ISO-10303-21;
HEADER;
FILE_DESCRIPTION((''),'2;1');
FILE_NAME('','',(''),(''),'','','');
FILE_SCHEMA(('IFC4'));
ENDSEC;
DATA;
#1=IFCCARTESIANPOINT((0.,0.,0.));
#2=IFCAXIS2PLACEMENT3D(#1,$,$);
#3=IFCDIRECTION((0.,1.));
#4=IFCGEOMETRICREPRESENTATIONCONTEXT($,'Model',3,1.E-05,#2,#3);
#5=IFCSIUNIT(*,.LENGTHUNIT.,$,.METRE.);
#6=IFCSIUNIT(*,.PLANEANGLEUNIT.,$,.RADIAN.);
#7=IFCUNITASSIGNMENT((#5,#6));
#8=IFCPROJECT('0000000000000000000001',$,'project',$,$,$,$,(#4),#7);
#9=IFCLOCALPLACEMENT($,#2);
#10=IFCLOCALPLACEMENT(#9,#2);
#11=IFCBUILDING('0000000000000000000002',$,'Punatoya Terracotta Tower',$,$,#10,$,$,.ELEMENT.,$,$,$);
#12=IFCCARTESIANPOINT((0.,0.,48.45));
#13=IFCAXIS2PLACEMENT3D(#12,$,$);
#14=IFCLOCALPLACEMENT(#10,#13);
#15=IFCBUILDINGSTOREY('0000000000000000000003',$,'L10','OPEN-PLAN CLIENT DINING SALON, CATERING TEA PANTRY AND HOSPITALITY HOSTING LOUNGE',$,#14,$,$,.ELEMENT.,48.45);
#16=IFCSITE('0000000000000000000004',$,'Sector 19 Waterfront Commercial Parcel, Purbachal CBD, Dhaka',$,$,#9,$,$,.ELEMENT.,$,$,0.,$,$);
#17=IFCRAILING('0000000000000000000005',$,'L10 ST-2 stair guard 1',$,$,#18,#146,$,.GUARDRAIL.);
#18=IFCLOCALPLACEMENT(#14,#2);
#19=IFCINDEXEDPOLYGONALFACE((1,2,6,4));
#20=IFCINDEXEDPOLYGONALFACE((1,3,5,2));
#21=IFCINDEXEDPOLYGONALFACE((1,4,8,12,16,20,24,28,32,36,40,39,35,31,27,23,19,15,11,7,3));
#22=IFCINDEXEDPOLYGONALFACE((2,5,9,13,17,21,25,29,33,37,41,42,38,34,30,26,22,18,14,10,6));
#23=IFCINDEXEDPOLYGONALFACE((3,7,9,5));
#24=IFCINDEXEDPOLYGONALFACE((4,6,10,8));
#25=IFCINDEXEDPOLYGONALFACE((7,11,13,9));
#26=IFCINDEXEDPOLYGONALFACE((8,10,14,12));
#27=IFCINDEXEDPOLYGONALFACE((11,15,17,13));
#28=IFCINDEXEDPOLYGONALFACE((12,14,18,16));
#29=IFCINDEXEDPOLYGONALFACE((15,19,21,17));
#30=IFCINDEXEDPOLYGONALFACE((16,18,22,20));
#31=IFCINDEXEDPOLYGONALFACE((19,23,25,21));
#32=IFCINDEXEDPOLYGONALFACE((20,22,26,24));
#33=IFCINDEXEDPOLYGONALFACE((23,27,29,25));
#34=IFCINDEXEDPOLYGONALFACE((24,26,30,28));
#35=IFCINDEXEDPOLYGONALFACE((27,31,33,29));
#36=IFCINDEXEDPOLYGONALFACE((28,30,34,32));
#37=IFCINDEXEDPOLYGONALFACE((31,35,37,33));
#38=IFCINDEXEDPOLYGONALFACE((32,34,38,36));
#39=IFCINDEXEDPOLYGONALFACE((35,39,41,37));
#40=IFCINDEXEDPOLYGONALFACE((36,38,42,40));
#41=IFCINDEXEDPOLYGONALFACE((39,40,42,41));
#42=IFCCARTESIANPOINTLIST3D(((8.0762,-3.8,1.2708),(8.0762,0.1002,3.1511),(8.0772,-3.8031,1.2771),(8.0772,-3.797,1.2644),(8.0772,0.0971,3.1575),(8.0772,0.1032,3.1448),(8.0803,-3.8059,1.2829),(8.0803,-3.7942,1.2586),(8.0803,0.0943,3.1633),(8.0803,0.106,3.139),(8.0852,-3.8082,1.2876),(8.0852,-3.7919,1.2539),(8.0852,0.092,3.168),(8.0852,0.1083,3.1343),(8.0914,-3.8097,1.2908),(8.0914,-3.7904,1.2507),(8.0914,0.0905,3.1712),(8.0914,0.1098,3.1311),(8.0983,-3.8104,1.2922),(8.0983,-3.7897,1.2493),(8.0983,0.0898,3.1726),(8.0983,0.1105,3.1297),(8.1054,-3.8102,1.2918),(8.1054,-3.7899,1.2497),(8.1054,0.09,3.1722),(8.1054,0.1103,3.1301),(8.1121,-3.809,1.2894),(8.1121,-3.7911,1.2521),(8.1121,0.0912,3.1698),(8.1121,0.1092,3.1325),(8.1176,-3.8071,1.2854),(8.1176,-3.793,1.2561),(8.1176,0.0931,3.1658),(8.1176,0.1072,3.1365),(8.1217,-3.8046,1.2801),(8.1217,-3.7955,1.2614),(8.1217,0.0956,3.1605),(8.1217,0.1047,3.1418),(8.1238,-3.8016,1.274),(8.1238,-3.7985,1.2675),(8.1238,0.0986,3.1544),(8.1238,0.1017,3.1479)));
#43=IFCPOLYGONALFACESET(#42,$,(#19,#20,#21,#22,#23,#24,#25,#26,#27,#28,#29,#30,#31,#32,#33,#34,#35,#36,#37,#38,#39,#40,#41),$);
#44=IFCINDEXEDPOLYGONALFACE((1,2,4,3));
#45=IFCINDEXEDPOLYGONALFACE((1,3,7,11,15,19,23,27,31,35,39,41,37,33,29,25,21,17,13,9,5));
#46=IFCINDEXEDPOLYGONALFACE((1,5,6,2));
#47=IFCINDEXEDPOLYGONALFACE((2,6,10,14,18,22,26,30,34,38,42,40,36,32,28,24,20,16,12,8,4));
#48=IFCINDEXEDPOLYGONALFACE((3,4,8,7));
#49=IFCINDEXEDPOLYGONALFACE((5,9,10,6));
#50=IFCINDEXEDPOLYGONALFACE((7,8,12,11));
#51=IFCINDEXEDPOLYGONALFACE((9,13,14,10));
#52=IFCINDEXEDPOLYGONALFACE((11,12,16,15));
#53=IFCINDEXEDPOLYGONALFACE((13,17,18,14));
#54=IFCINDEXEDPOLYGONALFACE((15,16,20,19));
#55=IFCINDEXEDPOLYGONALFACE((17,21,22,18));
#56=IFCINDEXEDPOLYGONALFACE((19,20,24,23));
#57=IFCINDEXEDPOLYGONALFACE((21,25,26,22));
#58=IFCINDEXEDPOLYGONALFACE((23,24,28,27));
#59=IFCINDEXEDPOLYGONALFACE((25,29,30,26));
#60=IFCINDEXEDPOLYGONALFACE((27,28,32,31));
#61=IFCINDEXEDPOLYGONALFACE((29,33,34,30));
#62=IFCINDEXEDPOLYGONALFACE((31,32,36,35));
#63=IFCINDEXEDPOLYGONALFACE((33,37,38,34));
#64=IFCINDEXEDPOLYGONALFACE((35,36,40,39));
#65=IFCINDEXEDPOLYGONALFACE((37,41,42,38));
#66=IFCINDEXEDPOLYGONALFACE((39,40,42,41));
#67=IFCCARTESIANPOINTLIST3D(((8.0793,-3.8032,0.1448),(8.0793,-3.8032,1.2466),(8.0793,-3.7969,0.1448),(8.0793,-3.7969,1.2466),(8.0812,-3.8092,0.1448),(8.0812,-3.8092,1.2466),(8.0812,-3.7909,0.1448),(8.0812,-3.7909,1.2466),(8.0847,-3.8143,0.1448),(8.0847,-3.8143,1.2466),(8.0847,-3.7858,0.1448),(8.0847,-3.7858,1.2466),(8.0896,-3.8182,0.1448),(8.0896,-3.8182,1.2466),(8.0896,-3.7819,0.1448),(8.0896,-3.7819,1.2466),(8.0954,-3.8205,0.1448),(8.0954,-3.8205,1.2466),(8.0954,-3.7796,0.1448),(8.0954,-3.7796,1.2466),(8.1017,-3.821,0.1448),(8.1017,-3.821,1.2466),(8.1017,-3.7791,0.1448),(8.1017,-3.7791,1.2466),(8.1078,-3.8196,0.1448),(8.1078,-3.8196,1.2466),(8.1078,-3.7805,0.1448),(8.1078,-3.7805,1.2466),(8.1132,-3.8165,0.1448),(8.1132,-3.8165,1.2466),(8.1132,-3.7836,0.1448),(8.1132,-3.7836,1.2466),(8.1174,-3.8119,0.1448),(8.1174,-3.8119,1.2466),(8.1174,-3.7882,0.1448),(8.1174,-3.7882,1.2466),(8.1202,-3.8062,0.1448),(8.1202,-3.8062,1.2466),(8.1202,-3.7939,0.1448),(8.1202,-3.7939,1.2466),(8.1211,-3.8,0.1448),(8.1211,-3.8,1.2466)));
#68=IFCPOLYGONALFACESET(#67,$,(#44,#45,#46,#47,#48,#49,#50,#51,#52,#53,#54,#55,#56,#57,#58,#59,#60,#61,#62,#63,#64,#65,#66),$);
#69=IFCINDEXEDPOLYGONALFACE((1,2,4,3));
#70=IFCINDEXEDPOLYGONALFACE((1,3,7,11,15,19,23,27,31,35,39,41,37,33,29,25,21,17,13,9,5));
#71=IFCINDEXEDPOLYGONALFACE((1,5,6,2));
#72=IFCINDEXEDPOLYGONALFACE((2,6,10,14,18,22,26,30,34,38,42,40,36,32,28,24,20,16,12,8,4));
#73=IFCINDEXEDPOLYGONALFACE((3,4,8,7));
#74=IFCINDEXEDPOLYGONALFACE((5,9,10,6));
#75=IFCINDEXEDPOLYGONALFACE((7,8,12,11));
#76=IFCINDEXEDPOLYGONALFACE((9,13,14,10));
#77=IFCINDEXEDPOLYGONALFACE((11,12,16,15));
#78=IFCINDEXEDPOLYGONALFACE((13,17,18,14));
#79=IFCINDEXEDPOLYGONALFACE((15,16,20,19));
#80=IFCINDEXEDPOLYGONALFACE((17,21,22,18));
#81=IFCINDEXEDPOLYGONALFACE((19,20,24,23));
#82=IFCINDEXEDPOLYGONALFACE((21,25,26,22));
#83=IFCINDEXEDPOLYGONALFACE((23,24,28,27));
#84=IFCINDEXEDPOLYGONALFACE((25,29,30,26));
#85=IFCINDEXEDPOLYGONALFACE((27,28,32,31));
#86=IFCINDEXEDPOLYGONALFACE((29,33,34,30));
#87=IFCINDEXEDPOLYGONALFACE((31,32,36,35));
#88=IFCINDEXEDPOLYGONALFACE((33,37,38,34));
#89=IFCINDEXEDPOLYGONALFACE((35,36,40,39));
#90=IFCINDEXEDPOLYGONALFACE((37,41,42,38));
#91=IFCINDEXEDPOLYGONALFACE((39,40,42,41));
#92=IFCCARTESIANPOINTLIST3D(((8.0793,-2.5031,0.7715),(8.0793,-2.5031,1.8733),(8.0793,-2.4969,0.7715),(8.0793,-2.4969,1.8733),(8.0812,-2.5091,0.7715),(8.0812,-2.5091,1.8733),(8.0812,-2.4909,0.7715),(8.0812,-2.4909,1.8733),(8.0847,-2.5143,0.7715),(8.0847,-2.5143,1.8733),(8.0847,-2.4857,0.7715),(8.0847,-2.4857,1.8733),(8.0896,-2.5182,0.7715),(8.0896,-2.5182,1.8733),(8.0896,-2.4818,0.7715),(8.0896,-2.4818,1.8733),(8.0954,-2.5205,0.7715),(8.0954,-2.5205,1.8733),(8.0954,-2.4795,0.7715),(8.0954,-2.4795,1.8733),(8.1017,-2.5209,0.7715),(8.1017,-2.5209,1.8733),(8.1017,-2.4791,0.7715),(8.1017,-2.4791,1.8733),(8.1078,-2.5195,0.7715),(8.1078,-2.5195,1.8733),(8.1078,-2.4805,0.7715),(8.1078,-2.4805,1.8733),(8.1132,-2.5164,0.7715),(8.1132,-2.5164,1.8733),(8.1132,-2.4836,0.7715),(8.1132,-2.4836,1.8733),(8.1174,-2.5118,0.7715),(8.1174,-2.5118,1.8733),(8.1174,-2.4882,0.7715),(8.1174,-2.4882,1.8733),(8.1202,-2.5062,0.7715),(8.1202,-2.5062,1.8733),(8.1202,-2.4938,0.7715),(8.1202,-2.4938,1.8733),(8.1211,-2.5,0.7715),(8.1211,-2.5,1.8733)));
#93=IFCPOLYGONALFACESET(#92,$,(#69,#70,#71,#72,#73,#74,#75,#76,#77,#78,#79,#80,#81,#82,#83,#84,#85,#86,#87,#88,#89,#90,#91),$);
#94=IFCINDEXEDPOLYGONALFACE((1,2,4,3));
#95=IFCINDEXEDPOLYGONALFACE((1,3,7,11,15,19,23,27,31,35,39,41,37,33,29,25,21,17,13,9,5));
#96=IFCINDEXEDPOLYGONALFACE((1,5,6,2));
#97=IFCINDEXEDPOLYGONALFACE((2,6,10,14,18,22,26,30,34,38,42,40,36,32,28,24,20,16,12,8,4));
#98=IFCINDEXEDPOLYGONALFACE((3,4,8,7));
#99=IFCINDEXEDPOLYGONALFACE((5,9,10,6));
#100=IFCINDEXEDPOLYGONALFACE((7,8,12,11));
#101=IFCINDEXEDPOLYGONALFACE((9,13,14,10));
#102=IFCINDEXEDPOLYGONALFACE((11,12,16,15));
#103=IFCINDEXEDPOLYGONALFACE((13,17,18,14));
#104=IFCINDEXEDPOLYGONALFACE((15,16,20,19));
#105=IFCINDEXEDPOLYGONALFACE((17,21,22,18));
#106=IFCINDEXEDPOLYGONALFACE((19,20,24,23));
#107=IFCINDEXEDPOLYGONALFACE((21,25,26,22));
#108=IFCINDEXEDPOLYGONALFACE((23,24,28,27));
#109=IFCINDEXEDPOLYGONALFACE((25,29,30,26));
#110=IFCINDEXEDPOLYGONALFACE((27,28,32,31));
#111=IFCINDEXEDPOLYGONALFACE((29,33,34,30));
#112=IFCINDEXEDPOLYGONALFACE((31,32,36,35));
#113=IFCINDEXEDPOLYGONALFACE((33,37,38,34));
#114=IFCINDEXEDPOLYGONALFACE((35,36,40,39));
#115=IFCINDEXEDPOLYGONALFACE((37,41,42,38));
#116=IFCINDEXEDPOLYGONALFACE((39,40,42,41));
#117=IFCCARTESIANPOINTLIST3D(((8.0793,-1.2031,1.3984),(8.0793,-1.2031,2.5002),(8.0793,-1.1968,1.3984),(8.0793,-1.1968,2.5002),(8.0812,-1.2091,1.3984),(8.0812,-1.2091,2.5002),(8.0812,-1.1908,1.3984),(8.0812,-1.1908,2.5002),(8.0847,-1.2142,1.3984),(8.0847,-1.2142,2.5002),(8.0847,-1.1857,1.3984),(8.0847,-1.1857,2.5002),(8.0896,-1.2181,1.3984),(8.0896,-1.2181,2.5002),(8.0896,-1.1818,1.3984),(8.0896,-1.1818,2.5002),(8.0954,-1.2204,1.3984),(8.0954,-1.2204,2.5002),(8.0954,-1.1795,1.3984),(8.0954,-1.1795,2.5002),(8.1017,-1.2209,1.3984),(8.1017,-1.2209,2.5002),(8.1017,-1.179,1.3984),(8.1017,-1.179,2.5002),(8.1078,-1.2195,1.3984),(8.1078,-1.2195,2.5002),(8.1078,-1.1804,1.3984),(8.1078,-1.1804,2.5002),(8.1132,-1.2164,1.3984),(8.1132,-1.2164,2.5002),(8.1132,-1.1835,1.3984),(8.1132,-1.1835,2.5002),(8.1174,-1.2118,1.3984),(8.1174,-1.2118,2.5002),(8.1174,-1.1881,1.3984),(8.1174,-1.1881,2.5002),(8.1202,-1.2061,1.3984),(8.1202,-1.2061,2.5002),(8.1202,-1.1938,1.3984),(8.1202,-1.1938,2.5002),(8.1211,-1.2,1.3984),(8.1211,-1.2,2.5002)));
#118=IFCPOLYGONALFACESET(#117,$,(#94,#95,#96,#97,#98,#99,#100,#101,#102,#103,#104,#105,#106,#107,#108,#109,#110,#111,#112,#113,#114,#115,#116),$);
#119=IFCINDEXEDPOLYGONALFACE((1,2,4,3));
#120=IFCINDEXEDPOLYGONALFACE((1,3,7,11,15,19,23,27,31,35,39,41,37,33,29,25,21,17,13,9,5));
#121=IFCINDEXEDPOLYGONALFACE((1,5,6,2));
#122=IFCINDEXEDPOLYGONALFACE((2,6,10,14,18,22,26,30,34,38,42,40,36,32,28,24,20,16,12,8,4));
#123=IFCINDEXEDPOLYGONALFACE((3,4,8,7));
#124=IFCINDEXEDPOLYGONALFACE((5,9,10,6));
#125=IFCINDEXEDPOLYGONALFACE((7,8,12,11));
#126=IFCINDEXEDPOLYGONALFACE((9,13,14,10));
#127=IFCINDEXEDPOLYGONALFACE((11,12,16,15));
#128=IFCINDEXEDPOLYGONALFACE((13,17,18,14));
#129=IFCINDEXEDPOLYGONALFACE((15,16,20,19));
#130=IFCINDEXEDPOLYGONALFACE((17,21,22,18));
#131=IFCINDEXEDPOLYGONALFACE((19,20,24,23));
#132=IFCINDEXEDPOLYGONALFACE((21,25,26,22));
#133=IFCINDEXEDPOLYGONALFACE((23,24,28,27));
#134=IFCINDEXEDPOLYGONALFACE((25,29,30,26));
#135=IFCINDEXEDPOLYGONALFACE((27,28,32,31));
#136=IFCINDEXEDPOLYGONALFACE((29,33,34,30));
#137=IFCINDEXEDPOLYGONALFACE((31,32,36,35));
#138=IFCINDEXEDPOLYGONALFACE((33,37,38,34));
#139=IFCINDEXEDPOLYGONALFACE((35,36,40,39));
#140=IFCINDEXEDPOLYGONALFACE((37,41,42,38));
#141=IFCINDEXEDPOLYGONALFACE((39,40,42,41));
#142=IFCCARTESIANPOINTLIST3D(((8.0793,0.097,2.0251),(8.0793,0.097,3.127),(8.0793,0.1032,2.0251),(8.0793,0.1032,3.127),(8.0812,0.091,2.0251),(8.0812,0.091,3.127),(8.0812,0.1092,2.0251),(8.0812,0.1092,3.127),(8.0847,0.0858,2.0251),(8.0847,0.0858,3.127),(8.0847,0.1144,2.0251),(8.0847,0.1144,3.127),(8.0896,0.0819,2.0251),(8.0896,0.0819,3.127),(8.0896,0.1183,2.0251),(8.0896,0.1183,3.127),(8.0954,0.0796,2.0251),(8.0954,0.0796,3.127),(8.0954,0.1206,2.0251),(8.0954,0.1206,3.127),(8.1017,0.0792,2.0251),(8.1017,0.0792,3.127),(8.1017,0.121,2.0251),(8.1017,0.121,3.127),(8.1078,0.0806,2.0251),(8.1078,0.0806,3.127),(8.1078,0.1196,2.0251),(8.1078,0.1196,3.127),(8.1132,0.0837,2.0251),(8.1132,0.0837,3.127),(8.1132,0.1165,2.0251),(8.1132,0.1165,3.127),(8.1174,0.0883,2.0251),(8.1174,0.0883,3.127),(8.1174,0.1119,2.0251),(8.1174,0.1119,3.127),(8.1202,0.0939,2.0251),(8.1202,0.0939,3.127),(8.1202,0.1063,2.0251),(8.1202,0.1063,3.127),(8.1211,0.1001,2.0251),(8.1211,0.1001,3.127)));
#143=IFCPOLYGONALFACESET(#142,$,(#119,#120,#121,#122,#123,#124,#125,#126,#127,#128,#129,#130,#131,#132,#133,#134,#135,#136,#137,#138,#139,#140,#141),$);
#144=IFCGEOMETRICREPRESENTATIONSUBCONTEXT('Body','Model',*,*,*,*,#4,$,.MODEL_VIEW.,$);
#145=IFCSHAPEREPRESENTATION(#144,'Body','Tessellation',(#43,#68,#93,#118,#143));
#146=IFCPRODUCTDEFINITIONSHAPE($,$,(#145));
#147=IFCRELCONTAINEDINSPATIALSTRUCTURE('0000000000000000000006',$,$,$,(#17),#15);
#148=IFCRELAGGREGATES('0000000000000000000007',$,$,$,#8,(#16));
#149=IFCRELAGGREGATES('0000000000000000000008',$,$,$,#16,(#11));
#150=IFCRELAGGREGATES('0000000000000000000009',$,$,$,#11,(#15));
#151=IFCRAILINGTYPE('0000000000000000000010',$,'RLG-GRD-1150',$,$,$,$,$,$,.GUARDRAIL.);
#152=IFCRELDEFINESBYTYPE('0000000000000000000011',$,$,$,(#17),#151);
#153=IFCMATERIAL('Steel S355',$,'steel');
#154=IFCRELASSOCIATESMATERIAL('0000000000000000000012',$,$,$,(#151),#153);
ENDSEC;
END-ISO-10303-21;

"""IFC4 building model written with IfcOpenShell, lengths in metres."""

from ifc_helpers import new_model, si_unit, direction, frame, origin, origin_2d, place, context, subcontext, project, spatial, circle, extrude, material, type_object, element, save


model = new_model("IFC4")

# Units and contexts
model_context = context("Model", 3, precision=1e-05, world=origin(), true_north=direction((0.0, 1.0)))
body_context = subcontext(model_context, "Body", "Model", "MODEL_VIEW")
ifc_project = project(units=[si_unit("LENGTHUNIT", "METRE"), si_unit("PLANEANGLEUNIT", "RADIAN")], contexts=[model_context])

# Site, building, storey
site_placement = place(None, origin())
site = spatial("IfcSite", under=ifc_project, at=site_placement, Name="Sector 19 Waterfront Commercial Parcel, Purbachal CBD, Dhaka", CompositionType="ELEMENT", RefElevation=0.0)
building_placement = place(site_placement, origin())
building = spatial("IfcBuilding", under=site, at=building_placement, Name="Punatoya Terracotta Tower", CompositionType="ELEMENT")
storey_placement = place(building_placement, frame((0.0, 0.0, 48.45)))
storey = spatial("IfcBuildingStorey", under=building, at=storey_placement, Name="L10", Description="OPEN-PLAN CLIENT DINING SALON, CATERING TEA PANTRY AND HOSPITALITY HOSTING LOUNGE", CompositionType="ELEMENT", Elevation=48.45)

# Shared definitions
ifc_material_1 = material(Name="Steel S355", Category="steel")

# Railing
railing_type_1 = type_object("IfcRailingType", Name="RLG-GRD-1150", PredefinedType="GUARDRAIL", material=ifc_material_1)
railing_1_placement = place(storey_placement, frame((8.1001, -3.8, 0.1448)))
element("IfcRailing", 1, at=railing_1_placement, inside=storey, type_object=railing_type_1, Name="L10 ST-2 stair guard 1", PredefinedType="GUARDRAIL", context=body_context, shape_type="SweptSolid", body=[
    extrude(circle(Radius=0.0239, at=origin_2d()), frame((0.0, 0.0, 1.126), z_axis=(0.0, 0.900774, 0.434289), x_axis=(-1.0, 0.0, 0.0)), (0.0, 0.0, 1.0), 4.3298),
    extrude(circle(Radius=0.021, at=origin_2d()), origin(), (0.0, 0.0, 1.0), 1.1018),
    extrude(circle(Radius=0.021, at=origin_2d()), frame((0.0, 1.3, 0.6267)), (0.0, 0.0, 1.0), 1.1018),
    extrude(circle(Radius=0.021, at=origin_2d()), frame((0.0, 2.6001, 1.2537)), (0.0, 0.0, 1.0), 1.1018),
    extrude(circle(Radius=0.021, at=origin_2d()), frame((0.0, 3.9001, 1.8804)), (0.0, 0.0, 1.0), 1.1018),
])

save(model, "model.ifc")
